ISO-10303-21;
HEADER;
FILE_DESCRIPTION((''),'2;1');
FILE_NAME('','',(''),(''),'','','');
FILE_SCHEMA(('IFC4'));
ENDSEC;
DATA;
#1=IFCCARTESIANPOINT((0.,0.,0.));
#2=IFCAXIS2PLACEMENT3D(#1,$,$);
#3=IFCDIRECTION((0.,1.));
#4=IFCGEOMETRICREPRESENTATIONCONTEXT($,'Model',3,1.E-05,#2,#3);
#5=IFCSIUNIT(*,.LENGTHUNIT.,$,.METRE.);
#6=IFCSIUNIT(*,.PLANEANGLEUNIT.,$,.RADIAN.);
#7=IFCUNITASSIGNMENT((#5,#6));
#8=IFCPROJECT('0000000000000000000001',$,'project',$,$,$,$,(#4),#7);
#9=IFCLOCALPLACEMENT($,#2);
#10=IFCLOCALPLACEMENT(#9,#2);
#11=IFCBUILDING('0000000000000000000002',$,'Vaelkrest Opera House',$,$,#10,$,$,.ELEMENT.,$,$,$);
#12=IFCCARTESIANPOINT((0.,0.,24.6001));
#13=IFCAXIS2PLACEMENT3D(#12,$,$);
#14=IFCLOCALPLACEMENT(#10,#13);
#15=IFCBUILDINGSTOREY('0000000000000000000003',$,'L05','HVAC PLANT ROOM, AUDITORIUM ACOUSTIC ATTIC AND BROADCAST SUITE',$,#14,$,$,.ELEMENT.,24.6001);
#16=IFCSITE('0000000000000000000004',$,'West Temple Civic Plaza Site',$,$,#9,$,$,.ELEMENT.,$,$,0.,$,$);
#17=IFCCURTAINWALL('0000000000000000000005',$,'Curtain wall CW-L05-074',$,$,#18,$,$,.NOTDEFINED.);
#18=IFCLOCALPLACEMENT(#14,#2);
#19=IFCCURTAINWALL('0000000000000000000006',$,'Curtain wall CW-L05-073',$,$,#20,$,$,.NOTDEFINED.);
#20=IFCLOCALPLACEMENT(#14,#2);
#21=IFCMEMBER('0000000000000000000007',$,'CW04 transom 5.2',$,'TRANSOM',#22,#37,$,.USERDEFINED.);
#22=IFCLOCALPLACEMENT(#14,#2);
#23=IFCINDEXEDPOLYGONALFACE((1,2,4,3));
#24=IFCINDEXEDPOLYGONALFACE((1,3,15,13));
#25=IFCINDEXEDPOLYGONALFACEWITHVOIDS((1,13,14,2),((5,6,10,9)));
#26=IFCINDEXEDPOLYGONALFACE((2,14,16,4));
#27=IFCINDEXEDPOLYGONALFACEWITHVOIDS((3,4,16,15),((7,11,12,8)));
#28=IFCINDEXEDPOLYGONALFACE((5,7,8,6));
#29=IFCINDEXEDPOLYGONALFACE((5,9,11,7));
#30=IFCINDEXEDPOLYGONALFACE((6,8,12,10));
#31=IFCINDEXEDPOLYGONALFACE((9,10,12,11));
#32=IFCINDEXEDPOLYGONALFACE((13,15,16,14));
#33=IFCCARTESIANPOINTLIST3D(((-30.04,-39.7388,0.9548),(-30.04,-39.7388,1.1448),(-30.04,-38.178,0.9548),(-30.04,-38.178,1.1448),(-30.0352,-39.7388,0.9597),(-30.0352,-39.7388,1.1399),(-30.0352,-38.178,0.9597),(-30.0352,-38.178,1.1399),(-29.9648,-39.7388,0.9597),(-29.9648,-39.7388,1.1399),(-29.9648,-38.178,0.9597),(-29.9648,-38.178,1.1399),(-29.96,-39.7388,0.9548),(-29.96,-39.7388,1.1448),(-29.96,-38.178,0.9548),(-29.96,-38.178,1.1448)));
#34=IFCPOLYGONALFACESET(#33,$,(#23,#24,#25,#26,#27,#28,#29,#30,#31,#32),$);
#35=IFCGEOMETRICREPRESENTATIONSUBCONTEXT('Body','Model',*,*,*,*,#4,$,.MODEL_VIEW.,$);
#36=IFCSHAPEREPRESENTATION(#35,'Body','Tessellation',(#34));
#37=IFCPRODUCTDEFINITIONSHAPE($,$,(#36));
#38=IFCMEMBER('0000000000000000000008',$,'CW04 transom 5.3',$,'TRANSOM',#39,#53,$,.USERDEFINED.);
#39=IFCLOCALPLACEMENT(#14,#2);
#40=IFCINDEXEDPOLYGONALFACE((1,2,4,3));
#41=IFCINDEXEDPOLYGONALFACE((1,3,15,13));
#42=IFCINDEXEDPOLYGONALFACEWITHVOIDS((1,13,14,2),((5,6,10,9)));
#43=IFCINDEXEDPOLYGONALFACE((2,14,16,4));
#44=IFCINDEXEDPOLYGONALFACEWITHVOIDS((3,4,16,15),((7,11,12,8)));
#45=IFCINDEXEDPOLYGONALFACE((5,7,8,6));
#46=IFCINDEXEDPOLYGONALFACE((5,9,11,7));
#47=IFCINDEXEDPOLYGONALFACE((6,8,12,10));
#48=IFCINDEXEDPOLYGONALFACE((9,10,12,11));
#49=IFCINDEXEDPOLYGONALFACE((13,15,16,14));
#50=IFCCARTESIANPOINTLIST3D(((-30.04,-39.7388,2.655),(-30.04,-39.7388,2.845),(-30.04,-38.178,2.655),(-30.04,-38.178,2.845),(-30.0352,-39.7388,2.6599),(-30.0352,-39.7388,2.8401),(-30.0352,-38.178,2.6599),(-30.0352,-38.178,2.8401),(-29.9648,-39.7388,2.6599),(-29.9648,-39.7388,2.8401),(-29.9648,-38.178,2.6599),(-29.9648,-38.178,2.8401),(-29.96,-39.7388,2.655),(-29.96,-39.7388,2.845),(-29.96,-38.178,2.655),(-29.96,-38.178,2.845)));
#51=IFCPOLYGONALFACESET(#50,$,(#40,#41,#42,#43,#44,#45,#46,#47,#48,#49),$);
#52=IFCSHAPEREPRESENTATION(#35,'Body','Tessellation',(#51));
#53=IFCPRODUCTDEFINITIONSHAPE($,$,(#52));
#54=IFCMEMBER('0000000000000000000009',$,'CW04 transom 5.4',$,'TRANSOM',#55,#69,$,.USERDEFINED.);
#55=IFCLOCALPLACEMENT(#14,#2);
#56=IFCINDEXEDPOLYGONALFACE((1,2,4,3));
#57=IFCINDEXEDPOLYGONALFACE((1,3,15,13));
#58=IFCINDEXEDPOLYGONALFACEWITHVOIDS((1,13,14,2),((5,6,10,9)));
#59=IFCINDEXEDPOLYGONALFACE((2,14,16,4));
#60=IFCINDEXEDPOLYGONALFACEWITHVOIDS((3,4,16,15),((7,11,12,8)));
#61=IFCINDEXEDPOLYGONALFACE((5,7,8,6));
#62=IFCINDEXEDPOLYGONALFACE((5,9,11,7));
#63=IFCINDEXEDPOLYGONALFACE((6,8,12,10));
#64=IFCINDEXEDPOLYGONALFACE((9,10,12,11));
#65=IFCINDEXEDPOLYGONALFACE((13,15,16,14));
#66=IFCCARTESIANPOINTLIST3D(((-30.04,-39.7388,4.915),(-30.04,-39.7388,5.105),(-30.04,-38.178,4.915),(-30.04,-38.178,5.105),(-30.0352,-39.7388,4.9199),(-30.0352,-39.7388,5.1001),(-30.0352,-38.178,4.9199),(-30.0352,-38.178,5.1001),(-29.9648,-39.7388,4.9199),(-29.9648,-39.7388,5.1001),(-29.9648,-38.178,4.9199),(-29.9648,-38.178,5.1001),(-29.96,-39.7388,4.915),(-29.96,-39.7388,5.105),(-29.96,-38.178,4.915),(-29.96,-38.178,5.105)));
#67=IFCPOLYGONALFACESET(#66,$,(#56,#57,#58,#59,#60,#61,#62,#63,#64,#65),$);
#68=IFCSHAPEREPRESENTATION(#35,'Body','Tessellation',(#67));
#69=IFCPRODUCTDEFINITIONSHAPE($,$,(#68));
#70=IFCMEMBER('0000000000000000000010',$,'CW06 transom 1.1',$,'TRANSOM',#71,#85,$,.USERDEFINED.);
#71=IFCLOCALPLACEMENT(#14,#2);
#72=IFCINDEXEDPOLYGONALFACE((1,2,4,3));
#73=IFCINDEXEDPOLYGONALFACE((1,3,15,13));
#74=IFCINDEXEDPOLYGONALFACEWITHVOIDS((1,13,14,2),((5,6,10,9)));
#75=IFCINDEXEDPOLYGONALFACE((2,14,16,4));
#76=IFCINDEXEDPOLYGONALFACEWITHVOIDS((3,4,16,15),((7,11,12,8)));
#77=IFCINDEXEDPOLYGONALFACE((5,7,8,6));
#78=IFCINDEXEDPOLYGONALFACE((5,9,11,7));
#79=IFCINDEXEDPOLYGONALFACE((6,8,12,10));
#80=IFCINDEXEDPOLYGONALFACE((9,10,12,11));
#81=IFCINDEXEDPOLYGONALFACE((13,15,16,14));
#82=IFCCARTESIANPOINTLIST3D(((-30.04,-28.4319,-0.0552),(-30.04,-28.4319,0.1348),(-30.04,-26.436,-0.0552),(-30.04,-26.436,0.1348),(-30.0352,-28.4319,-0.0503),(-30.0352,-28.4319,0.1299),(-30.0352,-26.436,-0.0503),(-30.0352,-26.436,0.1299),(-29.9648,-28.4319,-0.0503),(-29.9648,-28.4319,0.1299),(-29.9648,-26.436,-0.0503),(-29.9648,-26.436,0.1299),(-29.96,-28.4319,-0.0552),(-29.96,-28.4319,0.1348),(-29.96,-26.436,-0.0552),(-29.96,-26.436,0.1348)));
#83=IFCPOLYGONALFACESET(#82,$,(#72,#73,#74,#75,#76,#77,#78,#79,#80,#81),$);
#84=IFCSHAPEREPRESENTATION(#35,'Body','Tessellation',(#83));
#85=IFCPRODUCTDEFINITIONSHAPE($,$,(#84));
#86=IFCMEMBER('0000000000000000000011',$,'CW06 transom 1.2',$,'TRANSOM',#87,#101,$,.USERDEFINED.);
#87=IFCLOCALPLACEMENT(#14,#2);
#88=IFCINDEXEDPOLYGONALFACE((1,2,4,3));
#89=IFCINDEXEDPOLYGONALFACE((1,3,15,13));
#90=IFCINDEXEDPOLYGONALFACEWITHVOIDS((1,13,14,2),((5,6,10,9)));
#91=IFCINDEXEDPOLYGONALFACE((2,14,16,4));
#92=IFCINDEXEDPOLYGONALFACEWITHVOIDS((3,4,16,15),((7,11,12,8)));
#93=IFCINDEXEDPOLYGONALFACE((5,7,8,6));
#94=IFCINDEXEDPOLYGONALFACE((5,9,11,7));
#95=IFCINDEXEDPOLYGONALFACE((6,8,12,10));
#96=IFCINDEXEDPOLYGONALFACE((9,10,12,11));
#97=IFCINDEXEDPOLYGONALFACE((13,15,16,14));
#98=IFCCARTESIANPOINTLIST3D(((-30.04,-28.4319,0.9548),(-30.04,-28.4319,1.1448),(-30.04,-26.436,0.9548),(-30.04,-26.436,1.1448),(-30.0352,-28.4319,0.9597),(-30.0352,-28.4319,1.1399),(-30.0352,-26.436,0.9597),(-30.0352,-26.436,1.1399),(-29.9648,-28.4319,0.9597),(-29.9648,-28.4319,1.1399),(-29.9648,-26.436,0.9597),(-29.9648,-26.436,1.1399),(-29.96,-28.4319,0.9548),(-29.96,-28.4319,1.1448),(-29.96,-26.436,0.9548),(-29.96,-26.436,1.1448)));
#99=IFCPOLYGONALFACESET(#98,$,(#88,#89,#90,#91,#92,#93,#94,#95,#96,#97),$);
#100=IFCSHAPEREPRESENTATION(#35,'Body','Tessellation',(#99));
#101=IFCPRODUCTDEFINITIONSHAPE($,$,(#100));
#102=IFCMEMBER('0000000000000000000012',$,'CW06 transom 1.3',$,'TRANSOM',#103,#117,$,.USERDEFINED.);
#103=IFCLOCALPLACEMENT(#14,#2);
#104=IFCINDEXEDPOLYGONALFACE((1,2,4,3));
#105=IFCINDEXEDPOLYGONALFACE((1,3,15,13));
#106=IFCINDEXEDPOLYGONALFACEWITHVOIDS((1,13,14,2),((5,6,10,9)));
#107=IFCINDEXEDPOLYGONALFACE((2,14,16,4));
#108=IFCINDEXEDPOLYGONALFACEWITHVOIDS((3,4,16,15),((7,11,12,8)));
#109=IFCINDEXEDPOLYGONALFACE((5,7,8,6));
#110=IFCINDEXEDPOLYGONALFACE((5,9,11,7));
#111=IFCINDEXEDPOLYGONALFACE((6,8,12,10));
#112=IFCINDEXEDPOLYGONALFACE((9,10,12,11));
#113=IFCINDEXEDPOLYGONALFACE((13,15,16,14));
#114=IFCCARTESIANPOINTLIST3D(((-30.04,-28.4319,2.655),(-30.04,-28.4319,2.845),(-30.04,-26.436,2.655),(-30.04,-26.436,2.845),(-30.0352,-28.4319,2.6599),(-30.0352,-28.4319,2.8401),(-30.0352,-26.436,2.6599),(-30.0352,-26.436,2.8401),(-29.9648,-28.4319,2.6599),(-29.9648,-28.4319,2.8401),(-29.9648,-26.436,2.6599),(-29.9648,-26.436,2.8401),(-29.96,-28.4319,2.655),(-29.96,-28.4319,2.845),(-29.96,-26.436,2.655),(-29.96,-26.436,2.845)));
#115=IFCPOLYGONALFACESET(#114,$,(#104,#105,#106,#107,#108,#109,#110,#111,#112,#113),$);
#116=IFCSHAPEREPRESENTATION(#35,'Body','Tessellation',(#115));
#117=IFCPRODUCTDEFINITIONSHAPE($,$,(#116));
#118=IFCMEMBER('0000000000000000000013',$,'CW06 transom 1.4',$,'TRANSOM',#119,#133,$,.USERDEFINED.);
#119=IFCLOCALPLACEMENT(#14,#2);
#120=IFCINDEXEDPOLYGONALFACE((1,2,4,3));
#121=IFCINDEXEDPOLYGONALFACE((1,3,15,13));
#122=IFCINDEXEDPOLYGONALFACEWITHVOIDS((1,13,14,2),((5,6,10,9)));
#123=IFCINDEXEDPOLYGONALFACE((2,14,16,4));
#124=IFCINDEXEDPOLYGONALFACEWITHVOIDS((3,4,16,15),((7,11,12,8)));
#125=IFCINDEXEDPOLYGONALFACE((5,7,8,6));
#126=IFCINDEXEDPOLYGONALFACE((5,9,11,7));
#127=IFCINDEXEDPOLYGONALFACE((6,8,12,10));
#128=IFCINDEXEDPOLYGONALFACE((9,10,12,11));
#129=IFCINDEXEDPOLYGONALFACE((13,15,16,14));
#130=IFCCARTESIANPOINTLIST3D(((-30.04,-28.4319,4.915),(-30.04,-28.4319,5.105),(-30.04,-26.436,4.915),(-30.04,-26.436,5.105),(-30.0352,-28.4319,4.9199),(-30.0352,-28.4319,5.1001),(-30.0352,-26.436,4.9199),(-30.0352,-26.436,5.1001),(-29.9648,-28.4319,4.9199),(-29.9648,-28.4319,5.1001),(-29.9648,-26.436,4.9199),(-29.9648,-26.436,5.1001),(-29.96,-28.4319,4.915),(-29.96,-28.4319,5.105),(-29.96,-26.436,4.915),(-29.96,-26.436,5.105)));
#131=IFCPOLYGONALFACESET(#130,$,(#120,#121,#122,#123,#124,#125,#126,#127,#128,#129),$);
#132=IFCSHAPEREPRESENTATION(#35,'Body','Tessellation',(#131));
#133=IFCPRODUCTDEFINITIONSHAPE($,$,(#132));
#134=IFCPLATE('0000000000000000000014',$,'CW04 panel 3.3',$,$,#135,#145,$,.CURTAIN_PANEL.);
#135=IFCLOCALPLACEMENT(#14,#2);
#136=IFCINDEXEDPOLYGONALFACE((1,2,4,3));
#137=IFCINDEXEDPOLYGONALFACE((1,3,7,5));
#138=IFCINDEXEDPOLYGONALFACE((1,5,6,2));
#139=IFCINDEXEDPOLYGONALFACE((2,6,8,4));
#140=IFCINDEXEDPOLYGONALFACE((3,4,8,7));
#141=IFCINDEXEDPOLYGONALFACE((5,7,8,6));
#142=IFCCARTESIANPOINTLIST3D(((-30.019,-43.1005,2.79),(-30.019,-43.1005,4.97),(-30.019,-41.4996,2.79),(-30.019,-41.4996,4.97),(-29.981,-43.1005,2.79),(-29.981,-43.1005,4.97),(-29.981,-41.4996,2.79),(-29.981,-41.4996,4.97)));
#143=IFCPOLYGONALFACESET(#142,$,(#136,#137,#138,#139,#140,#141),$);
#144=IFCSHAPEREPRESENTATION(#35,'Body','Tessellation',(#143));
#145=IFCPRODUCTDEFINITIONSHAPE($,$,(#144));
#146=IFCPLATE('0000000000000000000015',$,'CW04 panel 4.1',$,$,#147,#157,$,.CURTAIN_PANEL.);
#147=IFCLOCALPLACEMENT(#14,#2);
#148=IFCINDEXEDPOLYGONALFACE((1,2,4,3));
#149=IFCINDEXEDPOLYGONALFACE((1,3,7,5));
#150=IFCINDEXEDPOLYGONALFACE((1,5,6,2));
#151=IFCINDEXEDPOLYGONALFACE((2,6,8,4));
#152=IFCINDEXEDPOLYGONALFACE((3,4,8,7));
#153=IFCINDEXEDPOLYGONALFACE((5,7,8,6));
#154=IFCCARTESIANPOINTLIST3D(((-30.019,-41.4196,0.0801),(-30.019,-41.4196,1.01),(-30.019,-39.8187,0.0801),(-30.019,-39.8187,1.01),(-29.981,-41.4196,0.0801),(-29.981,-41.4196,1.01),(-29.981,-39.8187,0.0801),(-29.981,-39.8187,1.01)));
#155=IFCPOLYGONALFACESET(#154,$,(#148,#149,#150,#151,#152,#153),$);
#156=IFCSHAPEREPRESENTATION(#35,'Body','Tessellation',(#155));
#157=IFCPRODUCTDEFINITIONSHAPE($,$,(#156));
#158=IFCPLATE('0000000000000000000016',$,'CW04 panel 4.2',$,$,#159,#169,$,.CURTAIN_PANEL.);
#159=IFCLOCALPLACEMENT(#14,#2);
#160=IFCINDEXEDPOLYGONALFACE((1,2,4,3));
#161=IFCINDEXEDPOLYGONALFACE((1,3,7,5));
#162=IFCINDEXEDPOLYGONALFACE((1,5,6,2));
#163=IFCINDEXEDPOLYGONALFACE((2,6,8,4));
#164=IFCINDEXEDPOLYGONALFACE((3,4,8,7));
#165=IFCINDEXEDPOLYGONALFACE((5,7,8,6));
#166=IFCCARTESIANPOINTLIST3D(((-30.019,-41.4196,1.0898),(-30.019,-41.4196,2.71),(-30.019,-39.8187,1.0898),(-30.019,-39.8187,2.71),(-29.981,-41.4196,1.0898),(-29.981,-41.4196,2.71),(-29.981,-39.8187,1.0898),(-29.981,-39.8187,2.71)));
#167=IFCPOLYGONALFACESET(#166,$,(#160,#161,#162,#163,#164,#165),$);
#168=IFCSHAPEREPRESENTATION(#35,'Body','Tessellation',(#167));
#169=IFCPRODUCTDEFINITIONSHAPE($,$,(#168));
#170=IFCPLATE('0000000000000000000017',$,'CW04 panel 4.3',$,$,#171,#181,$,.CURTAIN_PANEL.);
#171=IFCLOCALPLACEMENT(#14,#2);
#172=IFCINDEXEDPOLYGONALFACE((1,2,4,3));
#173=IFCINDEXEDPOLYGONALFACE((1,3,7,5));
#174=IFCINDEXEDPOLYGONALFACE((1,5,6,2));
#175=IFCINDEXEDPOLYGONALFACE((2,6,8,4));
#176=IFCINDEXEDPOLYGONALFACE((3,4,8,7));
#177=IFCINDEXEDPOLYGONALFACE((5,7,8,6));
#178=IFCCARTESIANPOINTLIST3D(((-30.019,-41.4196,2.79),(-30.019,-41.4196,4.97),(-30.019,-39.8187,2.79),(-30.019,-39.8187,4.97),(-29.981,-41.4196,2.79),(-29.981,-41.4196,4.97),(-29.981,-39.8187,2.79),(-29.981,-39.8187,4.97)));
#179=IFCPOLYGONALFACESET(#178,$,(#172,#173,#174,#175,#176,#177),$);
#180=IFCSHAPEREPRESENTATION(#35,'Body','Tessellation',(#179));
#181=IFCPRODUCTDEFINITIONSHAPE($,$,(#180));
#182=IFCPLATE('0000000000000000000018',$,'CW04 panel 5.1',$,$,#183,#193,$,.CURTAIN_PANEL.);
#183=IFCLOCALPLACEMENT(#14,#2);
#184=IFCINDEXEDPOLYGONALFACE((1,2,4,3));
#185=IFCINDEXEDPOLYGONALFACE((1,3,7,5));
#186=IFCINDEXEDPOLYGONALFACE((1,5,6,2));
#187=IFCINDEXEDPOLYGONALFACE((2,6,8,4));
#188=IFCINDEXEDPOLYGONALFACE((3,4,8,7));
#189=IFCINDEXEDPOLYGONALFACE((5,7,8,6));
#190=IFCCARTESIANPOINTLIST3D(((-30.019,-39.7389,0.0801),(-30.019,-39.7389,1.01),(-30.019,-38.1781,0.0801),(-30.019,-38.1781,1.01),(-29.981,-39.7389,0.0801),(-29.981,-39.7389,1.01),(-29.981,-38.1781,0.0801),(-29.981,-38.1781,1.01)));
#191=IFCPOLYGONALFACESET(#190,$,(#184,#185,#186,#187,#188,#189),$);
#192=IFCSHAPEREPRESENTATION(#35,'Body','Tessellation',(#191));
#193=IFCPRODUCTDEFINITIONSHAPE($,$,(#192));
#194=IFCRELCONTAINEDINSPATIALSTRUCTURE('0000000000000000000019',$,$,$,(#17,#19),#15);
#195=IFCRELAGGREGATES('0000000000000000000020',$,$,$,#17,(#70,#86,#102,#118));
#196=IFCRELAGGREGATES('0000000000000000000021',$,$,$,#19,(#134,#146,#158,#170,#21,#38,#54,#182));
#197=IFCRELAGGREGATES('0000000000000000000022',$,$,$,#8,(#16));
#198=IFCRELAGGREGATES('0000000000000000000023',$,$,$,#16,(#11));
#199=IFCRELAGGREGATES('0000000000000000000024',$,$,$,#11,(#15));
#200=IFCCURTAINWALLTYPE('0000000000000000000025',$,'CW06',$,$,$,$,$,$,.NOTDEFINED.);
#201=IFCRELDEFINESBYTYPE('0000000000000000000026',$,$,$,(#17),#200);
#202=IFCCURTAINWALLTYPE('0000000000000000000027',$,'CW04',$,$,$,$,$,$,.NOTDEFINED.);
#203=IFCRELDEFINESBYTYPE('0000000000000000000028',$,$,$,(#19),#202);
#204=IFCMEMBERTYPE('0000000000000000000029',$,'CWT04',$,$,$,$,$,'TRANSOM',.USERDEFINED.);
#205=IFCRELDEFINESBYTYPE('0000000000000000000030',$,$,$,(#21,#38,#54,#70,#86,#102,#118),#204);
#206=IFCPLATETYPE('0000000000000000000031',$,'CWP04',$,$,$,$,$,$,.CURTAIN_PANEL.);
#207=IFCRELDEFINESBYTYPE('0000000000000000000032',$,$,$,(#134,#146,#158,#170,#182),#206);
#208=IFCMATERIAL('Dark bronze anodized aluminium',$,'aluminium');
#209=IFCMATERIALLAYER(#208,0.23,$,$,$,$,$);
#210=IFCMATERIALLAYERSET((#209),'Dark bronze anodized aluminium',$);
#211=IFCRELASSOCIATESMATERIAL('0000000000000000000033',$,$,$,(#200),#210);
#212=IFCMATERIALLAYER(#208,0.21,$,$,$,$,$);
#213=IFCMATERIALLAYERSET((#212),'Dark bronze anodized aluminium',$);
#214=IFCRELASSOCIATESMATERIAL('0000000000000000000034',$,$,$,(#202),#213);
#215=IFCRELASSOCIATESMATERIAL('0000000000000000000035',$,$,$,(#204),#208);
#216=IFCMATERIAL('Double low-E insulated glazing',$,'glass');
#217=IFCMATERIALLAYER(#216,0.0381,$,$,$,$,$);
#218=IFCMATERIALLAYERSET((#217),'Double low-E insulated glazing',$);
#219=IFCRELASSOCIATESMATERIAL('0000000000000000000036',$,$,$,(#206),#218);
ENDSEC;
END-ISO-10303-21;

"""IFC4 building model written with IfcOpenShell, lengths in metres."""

from ifc_helpers import new_model, si_unit, direction, frame, origin, origin_2d, place, context, subcontext, project, spatial, rectangle, hollow_rectangle, extrude, material, layer, layer_set, material_profile, profile_set, type_object, element, aggregate, save


model = new_model("IFC4")

# Units and contexts
model_context = context("Model", 3, precision=1e-05, world=origin(), true_north=direction((0.0, 1.0)))
body_context = subcontext(model_context, "Body", "Model", "MODEL_VIEW")
ifc_project = project(units=[si_unit("LENGTHUNIT", "METRE"), si_unit("PLANEANGLEUNIT", "RADIAN")], contexts=[model_context])

# Site, building, storey
site_placement = place(None, origin())
site = spatial("IfcSite", under=ifc_project, at=site_placement, Name="West Temple Civic Plaza Site", CompositionType="ELEMENT", RefElevation=0.0)
building_placement = place(site_placement, origin())
building = spatial("IfcBuilding", under=site, at=building_placement, Name="Vaelkrest Opera House", CompositionType="ELEMENT")
storey_placement = place(building_placement, frame((0.0, 0.0, 24.6001)))
storey = spatial("IfcBuildingStorey", under=building, at=storey_placement, Name="L05", Description="HVAC PLANT ROOM, AUDITORIUM ACOUSTIC ATTIC AND BROADCAST SUITE", CompositionType="ELEMENT", Elevation=24.6001)

# Curtain wall
ifc_material_1 = material(Name="Dark bronze anodized aluminium", Category="aluminium")
ifc_layer_1 = layer(ifc_material_1, 0.23)
ifc_layer_set_1 = layer_set([ifc_layer_1], Name="Dark bronze anodized aluminium")
curtain_wall_type_1 = type_object("IfcCurtainWallType", Name="CW06", PredefinedType="NOTDEFINED", material=ifc_layer_set_1)
curtain_wall_1_placement = place(storey_placement, origin())
curtain_wall_1 = element("IfcCurtainWall", 1, at=curtain_wall_1_placement, inside=storey, type_object=curtain_wall_type_1, Name="Curtain wall CW-L05-074", PredefinedType="NOTDEFINED")

# Curtain wall, members
ifc_layer_2 = layer(ifc_material_1, 0.21)
ifc_layer_set_2 = layer_set([ifc_layer_2], Name="Dark bronze anodized aluminium")
curtain_wall_type_2 = type_object("IfcCurtainWallType", Name="CW04", PredefinedType="NOTDEFINED", material=ifc_layer_set_2)
curtain_wall_2_placement = place(storey_placement, origin())
curtain_wall_2 = element("IfcCurtainWall", 2, at=curtain_wall_2_placement, inside=storey, type_object=curtain_wall_type_2, Name="Curtain wall CW-L05-073", PredefinedType="NOTDEFINED")
ifc_material_profile_1 = material_profile(ifc_material_1, hollow_rectangle(XDim=0.0801, YDim=0.1899, WallThickness=0.0049, at=origin_2d()), Name="CWT80X190")
ifc_profile_set_1 = profile_set([ifc_material_profile_1], Name="Dark bronze anodized aluminium")
member_type_1 = type_object("IfcMemberType", Name="CWT04", ElementType="TRANSOM", PredefinedType="USERDEFINED", material=ifc_profile_set_1)
member_1_placement = place(storey_placement, frame((-30.0, -39.7388, 1.0498), z_axis=(0.0, 1.0, 0.0), x_axis=(-1.0, 0.0, 0.0)))
member_1 = element("IfcMember", 3, at=member_1_placement, type_object=member_type_1, Name="CW04 transom 5.2", ObjectType="TRANSOM", PredefinedType="USERDEFINED", context=body_context, shape_type="SweptSolid", body=[
    extrude(hollow_rectangle(XDim=0.0801, YDim=0.1899, WallThickness=0.0049, at=origin_2d()), origin(), (0.0, 0.0, 1.0), 1.5608),
])
member_2_placement = place(storey_placement, frame((-30.0, -39.7388, 2.75), z_axis=(0.0, 1.0, 0.0), x_axis=(-1.0, 0.0, 0.0)))
member_2 = element("IfcMember", 4, at=member_2_placement, type_object=member_type_1, Name="CW04 transom 5.3", ObjectType="TRANSOM", PredefinedType="USERDEFINED", context=body_context, shape_type="SweptSolid", body=[
    extrude(hollow_rectangle(XDim=0.0801, YDim=0.1899, WallThickness=0.0049, at=origin_2d()), origin(), (0.0, 0.0, 1.0), 1.5608),
])
member_3_placement = place(storey_placement, frame((-30.0, -39.7388, 5.01), z_axis=(0.0, 1.0, 0.0), x_axis=(-1.0, 0.0, 0.0)))
member_3 = element("IfcMember", 5, at=member_3_placement, type_object=member_type_1, Name="CW04 transom 5.4", ObjectType="TRANSOM", PredefinedType="USERDEFINED", context=body_context, shape_type="SweptSolid", body=[
    extrude(hollow_rectangle(XDim=0.0801, YDim=0.1899, WallThickness=0.0049, at=origin_2d()), origin(), (0.0, 0.0, 1.0), 1.5608),
])

# Members
member_4_placement = place(storey_placement, frame((-30.0, -28.4319, 0.0398), z_axis=(0.0, 1.0, 0.0), x_axis=(-1.0, 0.0, 0.0)))
member_4 = element("IfcMember", 6, at=member_4_placement, type_object=member_type_1, Name="CW06 transom 1.1", ObjectType="TRANSOM", PredefinedType="USERDEFINED", context=body_context, shape_type="SweptSolid", body=[
    extrude(hollow_rectangle(XDim=0.0801, YDim=0.1899, WallThickness=0.0049, at=origin_2d()), origin(), (0.0, 0.0, 1.0), 1.9958),
])
member_5_placement = place(storey_placement, frame((-30.0, -28.4319, 1.0498), z_axis=(0.0, 1.0, 0.0), x_axis=(-1.0, 0.0, 0.0)))
member_5 = element("IfcMember", 7, at=member_5_placement, type_object=member_type_1, Name="CW06 transom 1.2", ObjectType="TRANSOM", PredefinedType="USERDEFINED", context=body_context, shape_type="SweptSolid", body=[
    extrude(hollow_rectangle(XDim=0.0801, YDim=0.1899, WallThickness=0.0049, at=origin_2d()), origin(), (0.0, 0.0, 1.0), 1.9958),
])
member_6_placement = place(storey_placement, frame((-30.0, -28.4319, 2.75), z_axis=(0.0, 1.0, 0.0), x_axis=(-1.0, 0.0, 0.0)))
member_6 = element("IfcMember", 8, at=member_6_placement, type_object=member_type_1, Name="CW06 transom 1.3", ObjectType="TRANSOM", PredefinedType="USERDEFINED", context=body_context, shape_type="SweptSolid", body=[
    extrude(hollow_rectangle(XDim=0.0801, YDim=0.1899, WallThickness=0.0049, at=origin_2d()), origin(), (0.0, 0.0, 1.0), 1.9958),
])
member_7_placement = place(storey_placement, frame((-30.0, -28.4319, 5.01), z_axis=(0.0, 1.0, 0.0), x_axis=(-1.0, 0.0, 0.0)))
member_7 = element("IfcMember", 9, at=member_7_placement, type_object=member_type_1, Name="CW06 transom 1.4", ObjectType="TRANSOM", PredefinedType="USERDEFINED", context=body_context, shape_type="SweptSolid", body=[
    extrude(hollow_rectangle(XDim=0.0801, YDim=0.1899, WallThickness=0.0049, at=origin_2d()), origin(), (0.0, 0.0, 1.0), 1.9958),
])
aggregate(curtain_wall_1, [member_4, member_5, member_6, member_7])

# Plates
ifc_material_2 = material(Name="Double low-E insulated glazing", Category="glass")
ifc_layer_3 = layer(ifc_material_2, 0.0381)
ifc_layer_set_3 = layer_set([ifc_layer_3], Name="Double low-E insulated glazing")
plate_type = type_object("IfcPlateType", Name="CWP04", PredefinedType="CURTAIN_PANEL", material=ifc_layer_set_3)
plate_1_placement = place(storey_placement, frame((-30.0, -42.3, 2.79), z_axis=(0.0, 0.0, 1.0), x_axis=(0.0, 1.0, 0.0)))
plate_1 = element("IfcPlate", 10, at=plate_1_placement, type_object=plate_type, Name="CW04 panel 3.3", PredefinedType="CURTAIN_PANEL", context=body_context, shape_type="SweptSolid", body=[
    extrude(rectangle(XDim=1.6008, YDim=0.0381, at=origin_2d()), origin(), (0.0, 0.0, 1.0), 2.1799),
])
plate_2_placement = place(storey_placement, frame((-30.0, -40.6191, 0.0801), z_axis=(0.0, 0.0, 1.0), x_axis=(0.0, 1.0, 0.0)))
plate_2 = element("IfcPlate", 11, at=plate_2_placement, type_object=plate_type, Name="CW04 panel 4.1", PredefinedType="CURTAIN_PANEL", context=body_context, shape_type="SweptSolid", body=[
    extrude(rectangle(XDim=1.6008, YDim=0.0381, at=origin_2d()), origin(), (0.0, 0.0, 1.0), 0.9299),
])
plate_3_placement = place(storey_placement, frame((-30.0, -40.6191, 1.0898), z_axis=(0.0, 0.0, 1.0), x_axis=(0.0, 1.0, 0.0)))
plate_3 = element("IfcPlate", 12, at=plate_3_placement, type_object=plate_type, Name="CW04 panel 4.2", PredefinedType="CURTAIN_PANEL", context=body_context, shape_type="SweptSolid", body=[
    extrude(rectangle(XDim=1.6008, YDim=0.0381, at=origin_2d()), origin(), (0.0, 0.0, 1.0), 1.6201),
])
plate_4_placement = place(storey_placement, frame((-30.0, -40.6191, 2.79), z_axis=(0.0, 0.0, 1.0), x_axis=(0.0, 1.0, 0.0)))
plate_4 = element("IfcPlate", 13, at=plate_4_placement, type_object=plate_type, Name="CW04 panel 4.3", PredefinedType="CURTAIN_PANEL", context=body_context, shape_type="SweptSolid", body=[
    extrude(rectangle(XDim=1.6008, YDim=0.0381, at=origin_2d()), origin(), (0.0, 0.0, 1.0), 2.1799),
])
plate_5_placement = place(storey_placement, frame((-30.0, -38.9585, 0.0801), z_axis=(0.0, 0.0, 1.0), x_axis=(0.0, 1.0, 0.0)))
plate_5 = element("IfcPlate", 14, at=plate_5_placement, type_object=plate_type, Name="CW04 panel 5.1", PredefinedType="CURTAIN_PANEL", context=body_context, shape_type="SweptSolid", body=[
    extrude(rectangle(XDim=1.5608, YDim=0.0381, at=origin_2d()), origin(), (0.0, 0.0, 1.0), 0.9299),
])
aggregate(curtain_wall_2, [plate_1, plate_2, plate_3, plate_4, member_1, member_2, member_3, plate_5])

save(model, "model.ifc")
